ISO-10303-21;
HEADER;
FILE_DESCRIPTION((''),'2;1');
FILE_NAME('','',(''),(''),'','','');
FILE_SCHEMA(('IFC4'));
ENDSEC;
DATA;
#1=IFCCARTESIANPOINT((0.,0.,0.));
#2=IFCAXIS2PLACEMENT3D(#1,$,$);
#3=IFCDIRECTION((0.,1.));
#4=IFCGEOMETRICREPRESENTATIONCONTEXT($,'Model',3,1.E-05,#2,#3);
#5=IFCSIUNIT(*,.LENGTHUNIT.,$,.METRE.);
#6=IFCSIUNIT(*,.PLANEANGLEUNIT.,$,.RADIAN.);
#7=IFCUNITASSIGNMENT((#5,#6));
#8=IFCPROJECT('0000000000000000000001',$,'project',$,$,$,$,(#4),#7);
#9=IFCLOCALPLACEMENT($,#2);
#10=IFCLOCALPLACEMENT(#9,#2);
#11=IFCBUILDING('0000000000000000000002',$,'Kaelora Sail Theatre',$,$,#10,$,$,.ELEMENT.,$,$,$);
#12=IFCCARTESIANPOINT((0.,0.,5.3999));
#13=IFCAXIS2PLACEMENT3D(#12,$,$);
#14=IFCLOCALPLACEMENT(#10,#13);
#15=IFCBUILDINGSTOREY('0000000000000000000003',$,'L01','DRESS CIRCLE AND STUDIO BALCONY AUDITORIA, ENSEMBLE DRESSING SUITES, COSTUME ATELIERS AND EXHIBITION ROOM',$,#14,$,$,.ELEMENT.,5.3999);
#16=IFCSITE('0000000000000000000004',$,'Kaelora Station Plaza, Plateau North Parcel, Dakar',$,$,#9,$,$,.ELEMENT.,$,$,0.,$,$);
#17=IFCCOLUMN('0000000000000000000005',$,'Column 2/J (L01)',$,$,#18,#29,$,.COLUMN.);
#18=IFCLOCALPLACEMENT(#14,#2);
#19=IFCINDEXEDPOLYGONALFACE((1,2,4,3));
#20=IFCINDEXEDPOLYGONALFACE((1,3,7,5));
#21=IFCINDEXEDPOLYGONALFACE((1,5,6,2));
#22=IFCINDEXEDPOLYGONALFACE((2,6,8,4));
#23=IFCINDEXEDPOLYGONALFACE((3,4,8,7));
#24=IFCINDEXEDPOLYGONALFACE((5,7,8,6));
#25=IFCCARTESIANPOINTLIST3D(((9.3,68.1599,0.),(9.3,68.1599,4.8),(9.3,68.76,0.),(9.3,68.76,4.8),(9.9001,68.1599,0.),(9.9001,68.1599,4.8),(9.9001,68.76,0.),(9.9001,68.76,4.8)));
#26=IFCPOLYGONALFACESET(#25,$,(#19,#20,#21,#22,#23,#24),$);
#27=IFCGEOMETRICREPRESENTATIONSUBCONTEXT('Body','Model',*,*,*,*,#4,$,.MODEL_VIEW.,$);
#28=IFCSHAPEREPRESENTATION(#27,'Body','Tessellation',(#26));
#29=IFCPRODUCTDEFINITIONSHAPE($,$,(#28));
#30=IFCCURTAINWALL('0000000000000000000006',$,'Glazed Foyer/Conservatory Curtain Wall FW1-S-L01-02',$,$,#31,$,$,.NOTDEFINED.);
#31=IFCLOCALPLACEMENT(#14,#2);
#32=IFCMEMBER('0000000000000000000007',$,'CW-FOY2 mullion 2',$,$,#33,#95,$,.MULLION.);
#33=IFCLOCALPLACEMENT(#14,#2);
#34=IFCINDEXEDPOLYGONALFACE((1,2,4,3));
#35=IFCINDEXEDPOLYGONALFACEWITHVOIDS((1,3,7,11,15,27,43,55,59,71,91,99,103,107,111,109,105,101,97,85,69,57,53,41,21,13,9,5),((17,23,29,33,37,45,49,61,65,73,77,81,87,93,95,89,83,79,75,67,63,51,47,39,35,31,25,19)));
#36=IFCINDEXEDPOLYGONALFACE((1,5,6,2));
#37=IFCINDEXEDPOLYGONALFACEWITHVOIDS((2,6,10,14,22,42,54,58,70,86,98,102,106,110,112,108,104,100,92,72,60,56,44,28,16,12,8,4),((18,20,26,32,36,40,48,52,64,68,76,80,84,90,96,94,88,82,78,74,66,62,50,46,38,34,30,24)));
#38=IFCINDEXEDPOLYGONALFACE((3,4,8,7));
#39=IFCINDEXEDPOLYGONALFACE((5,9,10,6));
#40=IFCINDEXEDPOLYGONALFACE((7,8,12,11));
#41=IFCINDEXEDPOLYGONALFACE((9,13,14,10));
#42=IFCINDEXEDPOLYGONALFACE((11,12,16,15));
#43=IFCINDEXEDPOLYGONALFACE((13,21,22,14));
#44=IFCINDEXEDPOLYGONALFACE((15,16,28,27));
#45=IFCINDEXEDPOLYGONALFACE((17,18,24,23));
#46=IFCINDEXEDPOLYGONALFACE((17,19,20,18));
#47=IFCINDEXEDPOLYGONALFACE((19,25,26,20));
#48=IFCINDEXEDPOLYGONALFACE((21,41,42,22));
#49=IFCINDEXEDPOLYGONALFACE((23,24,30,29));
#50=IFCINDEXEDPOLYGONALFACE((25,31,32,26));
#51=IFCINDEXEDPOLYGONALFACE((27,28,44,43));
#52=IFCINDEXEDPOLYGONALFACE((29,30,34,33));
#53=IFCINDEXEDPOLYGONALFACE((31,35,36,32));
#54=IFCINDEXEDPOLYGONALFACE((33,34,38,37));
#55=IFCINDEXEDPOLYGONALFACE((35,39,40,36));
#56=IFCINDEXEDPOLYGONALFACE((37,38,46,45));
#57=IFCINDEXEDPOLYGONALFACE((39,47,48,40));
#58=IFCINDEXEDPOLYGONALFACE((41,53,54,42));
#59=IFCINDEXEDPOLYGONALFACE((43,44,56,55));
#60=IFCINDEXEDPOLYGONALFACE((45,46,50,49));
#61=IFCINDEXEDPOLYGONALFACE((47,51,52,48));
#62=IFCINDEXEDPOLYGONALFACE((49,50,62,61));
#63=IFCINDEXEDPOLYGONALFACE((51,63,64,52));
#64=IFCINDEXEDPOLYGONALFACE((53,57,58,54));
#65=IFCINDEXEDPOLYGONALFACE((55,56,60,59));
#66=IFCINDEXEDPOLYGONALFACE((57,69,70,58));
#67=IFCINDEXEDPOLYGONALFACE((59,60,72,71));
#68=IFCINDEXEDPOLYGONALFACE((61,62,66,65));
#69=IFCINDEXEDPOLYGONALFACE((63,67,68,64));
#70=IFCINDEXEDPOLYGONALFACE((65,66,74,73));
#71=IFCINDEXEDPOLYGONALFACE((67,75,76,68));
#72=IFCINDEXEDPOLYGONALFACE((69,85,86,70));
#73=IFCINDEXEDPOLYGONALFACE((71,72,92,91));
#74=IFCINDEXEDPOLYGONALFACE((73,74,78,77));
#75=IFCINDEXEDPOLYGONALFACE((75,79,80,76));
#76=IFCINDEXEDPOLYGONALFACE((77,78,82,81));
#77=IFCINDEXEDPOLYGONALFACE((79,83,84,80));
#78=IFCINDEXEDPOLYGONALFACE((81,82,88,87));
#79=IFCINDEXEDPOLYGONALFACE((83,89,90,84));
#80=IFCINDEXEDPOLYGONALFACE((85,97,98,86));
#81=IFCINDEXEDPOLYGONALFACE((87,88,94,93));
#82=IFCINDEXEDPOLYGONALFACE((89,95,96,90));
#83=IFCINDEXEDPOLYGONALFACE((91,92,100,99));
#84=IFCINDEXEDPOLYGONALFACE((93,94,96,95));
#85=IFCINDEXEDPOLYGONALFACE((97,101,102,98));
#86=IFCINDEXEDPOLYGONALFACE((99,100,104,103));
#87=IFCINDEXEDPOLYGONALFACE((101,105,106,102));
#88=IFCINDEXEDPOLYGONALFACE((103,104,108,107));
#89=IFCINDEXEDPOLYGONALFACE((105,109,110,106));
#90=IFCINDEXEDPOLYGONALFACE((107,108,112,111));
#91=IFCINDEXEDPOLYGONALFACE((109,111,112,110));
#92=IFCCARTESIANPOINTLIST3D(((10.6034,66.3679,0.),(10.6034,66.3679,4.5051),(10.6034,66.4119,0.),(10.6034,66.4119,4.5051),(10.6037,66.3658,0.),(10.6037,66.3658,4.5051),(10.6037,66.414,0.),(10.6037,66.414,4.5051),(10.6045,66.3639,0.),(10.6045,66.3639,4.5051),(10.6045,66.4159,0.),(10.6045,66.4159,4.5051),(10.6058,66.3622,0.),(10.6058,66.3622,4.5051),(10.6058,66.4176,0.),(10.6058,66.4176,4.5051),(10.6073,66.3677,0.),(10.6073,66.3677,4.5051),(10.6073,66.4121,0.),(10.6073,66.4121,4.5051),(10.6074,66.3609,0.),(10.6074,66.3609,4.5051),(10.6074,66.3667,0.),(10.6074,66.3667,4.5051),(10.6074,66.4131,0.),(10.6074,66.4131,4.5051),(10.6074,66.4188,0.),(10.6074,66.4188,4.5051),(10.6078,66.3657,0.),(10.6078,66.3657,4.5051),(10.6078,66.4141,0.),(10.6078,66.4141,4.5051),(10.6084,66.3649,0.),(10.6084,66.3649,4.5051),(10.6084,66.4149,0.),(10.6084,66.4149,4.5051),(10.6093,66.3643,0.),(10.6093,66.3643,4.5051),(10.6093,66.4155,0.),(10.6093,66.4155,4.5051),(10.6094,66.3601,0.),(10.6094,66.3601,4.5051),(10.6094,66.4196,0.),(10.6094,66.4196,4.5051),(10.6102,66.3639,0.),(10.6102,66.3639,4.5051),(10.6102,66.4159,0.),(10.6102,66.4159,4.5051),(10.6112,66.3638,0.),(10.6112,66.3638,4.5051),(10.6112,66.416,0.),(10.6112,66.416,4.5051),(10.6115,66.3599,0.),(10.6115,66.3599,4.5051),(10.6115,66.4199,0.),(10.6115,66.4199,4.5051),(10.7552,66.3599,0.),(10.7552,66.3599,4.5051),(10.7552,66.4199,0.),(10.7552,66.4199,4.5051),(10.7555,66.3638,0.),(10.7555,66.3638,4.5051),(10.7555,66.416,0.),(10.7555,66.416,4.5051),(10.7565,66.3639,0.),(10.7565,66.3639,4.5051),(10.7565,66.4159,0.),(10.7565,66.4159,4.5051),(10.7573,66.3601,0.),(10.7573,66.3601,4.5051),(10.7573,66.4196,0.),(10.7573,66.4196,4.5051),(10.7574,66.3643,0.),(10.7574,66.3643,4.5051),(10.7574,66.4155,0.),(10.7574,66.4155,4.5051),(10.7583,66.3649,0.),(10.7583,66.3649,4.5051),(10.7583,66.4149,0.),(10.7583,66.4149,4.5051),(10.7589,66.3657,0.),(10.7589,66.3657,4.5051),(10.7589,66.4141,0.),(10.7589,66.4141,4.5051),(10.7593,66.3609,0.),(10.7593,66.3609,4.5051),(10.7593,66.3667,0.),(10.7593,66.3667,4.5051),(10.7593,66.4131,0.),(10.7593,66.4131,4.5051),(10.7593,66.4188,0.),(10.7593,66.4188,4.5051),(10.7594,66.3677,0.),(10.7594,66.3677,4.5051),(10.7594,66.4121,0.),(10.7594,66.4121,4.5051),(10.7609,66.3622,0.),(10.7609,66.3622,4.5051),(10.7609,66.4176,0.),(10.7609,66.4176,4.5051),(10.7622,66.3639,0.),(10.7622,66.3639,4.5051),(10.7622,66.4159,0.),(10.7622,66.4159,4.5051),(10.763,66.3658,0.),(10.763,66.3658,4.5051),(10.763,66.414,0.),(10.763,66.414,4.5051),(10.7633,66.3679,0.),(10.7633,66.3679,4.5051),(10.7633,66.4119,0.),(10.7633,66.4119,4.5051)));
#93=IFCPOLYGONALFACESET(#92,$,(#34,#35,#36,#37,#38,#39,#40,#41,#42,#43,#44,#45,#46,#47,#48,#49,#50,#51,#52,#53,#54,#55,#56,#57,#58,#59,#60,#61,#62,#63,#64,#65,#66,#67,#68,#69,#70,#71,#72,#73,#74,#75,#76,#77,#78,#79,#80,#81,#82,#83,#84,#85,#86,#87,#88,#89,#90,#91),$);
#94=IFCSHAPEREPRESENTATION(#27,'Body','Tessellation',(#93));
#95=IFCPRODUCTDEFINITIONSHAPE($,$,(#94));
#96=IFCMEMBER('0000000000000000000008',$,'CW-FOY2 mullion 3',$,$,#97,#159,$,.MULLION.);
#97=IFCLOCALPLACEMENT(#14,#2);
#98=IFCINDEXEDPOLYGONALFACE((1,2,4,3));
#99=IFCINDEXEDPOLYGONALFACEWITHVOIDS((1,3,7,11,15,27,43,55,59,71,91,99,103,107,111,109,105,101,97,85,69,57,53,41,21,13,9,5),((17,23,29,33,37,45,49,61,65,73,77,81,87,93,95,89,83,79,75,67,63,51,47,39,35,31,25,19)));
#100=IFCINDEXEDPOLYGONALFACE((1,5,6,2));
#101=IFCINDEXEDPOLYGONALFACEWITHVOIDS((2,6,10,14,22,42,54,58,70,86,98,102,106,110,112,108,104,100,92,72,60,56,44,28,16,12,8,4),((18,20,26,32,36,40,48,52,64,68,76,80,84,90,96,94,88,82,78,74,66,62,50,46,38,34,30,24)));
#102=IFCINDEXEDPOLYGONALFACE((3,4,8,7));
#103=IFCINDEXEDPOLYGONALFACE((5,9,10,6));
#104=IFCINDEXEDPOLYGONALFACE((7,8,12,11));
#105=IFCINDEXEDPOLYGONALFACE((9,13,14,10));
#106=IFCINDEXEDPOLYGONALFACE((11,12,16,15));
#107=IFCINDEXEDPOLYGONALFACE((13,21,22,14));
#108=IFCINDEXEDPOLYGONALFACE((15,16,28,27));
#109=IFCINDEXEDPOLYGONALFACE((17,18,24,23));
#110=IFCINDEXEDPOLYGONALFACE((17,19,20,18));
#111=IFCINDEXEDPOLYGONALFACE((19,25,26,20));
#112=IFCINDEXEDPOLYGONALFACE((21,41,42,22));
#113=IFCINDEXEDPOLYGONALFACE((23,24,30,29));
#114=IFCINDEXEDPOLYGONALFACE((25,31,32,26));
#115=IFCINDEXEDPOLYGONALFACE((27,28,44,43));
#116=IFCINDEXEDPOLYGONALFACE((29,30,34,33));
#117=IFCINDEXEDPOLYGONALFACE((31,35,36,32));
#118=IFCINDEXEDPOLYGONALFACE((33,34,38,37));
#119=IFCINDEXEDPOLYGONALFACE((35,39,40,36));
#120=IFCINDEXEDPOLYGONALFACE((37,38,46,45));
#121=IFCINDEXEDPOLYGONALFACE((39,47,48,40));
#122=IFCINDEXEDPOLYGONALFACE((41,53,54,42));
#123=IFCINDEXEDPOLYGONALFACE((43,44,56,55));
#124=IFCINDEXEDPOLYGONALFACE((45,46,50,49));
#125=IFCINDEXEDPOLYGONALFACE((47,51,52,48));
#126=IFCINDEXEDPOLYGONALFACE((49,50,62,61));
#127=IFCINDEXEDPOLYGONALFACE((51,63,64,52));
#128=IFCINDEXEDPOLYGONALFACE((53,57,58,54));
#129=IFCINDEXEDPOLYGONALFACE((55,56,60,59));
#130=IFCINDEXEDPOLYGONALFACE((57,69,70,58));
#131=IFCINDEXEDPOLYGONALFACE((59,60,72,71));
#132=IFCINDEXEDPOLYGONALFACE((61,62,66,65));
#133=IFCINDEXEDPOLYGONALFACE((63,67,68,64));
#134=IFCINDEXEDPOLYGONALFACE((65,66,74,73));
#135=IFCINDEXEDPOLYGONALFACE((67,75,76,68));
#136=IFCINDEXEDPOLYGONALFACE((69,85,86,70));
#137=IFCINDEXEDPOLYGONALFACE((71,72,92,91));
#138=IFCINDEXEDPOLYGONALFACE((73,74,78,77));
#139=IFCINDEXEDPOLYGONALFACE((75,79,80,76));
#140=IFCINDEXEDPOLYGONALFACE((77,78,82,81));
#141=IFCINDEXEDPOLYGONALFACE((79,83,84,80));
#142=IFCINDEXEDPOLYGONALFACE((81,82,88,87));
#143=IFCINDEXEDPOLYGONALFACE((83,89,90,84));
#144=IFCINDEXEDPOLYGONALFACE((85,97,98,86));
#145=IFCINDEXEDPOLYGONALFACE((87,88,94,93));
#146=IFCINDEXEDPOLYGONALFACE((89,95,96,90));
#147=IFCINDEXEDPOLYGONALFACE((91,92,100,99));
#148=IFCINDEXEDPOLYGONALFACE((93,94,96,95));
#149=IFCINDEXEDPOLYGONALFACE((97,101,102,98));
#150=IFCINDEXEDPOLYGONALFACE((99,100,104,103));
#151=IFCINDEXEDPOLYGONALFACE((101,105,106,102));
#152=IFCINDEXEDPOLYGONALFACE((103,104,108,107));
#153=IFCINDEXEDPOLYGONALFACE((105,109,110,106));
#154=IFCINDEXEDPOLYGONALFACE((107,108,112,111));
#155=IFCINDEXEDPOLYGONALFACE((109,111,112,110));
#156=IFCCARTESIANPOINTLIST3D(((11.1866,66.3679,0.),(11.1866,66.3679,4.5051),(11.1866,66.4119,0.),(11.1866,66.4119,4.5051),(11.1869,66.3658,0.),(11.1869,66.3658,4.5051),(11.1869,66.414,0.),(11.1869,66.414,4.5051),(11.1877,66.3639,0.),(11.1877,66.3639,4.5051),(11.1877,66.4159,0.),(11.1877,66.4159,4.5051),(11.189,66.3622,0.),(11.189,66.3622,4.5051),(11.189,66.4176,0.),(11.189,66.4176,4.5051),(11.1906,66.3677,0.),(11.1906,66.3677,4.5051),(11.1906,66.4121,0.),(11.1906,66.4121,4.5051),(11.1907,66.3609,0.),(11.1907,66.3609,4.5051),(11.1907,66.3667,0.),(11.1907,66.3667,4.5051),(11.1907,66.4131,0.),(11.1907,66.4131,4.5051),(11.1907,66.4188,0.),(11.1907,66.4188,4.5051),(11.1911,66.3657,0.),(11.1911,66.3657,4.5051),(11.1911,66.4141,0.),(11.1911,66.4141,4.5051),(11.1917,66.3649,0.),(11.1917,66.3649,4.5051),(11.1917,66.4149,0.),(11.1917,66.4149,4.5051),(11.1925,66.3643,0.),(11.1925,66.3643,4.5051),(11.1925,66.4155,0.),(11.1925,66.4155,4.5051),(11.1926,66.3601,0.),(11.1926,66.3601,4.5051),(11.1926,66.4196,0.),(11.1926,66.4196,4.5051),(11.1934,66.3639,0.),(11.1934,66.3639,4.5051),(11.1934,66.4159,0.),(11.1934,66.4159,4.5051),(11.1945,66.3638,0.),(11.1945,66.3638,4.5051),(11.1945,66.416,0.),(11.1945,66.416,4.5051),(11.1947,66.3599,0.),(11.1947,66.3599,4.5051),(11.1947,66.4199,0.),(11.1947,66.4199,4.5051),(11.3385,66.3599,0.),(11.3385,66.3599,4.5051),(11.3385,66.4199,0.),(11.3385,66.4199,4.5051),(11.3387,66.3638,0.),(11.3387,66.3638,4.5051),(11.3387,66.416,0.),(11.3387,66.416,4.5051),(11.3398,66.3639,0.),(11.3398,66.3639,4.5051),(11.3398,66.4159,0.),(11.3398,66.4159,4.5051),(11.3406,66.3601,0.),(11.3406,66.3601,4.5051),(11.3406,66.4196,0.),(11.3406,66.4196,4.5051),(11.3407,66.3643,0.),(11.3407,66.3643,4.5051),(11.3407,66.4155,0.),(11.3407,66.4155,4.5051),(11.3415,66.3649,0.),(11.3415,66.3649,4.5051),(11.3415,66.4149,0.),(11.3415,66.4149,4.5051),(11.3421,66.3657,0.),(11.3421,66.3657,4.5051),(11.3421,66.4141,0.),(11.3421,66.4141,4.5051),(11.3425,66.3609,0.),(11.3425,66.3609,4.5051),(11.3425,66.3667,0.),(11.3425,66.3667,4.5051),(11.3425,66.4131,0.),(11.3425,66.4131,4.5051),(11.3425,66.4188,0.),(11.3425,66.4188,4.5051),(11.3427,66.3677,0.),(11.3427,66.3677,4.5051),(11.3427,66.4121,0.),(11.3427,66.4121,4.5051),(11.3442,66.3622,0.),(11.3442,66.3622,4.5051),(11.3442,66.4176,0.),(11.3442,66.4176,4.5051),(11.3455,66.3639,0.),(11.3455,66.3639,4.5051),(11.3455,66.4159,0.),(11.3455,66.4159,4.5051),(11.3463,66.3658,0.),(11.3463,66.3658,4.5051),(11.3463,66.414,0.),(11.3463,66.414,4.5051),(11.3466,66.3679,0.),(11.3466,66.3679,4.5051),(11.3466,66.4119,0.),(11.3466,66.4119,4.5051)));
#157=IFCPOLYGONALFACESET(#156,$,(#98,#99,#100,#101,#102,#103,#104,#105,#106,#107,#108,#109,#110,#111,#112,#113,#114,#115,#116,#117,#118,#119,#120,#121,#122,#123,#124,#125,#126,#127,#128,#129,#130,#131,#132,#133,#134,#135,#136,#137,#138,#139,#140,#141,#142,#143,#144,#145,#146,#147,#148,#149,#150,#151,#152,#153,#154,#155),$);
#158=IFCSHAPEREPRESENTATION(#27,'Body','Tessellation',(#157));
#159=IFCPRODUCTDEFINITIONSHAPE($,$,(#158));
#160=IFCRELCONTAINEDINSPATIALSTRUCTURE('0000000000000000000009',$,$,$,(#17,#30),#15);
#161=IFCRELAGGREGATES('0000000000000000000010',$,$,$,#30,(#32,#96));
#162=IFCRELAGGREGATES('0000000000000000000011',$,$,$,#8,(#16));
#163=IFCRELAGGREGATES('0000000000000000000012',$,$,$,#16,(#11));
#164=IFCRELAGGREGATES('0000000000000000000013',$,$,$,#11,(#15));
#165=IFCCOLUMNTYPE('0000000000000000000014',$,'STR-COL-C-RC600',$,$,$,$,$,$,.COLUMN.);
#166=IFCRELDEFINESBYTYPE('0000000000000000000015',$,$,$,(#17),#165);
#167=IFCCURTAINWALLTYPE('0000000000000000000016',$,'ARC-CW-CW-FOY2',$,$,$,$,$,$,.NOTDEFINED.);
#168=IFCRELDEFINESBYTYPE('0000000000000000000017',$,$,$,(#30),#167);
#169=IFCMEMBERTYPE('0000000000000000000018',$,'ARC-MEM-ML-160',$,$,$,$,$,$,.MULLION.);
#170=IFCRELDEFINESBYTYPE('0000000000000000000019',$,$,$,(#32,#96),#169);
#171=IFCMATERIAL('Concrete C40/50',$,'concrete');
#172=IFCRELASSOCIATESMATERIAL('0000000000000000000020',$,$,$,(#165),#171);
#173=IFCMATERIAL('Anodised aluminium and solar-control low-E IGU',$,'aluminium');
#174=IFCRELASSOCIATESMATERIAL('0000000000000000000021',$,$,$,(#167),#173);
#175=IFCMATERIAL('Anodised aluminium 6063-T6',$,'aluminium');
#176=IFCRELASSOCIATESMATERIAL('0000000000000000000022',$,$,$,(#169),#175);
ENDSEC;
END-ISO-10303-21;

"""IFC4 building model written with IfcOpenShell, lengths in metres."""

from ifc_helpers import new_model, si_unit, direction, frame, origin, origin_2d, place, context, subcontext, project, spatial, rectangle, hollow_rectangle, extrude, material, material_profile, profile_set, type_object, element, aggregate, save


model = new_model("IFC4")

# Units and contexts
model_context = context("Model", 3, precision=1e-05, world=origin(), true_north=direction((0.0, 1.0)))
body_context = subcontext(model_context, "Body", "Model", "MODEL_VIEW")
ifc_project = project(units=[si_unit("LENGTHUNIT", "METRE"), si_unit("PLANEANGLEUNIT", "RADIAN")], contexts=[model_context])

# Site, building, storey
site_placement = place(None, origin())
site = spatial("IfcSite", under=ifc_project, at=site_placement, Name="Kaelora Station Plaza, Plateau North Parcel, Dakar", CompositionType="ELEMENT", RefElevation=0.0)
building_placement = place(site_placement, origin())
building = spatial("IfcBuilding", under=site, at=building_placement, Name="Kaelora Sail Theatre", CompositionType="ELEMENT")
storey_placement = place(building_placement, frame((0.0, 0.0, 5.3999)))
storey = spatial("IfcBuildingStorey", under=building, at=storey_placement, Name="L01", Description="DRESS CIRCLE AND STUDIO BALCONY AUDITORIA, ENSEMBLE DRESSING SUITES, COSTUME ATELIERS AND EXHIBITION ROOM", CompositionType="ELEMENT", Elevation=5.3999)

# Column
ifc_material_1 = material(Name="Concrete C40/50", Category="concrete")
ifc_material_profile_1 = material_profile(ifc_material_1, rectangle(XDim=0.6001, YDim=0.6001, at=origin_2d()), Name="RC-COL 600x600")
ifc_profile_set_1 = profile_set([ifc_material_profile_1], Name="Concrete C40/50")
column_type = type_object("IfcColumnType", Name="STR-COL-C-RC600", PredefinedType="COLUMN", material=ifc_profile_set_1)
column_placement = place(storey_placement, frame((9.6001, 68.46, 0.0), z_axis=(0.0, 0.0, 1.0), x_axis=(1.0, 0.0, 0.0)))
element("IfcColumn", 1, at=column_placement, inside=storey, type_object=column_type, Name="Column 2/J (L01)", PredefinedType="COLUMN", context=body_context, shape_type="SweptSolid", body=[
    extrude(rectangle(XDim=0.6001, YDim=0.6001, at=origin_2d()), origin(), (0.0, 0.0, 1.0), 4.8),
])

# Curtain wall, members
ifc_material_2 = material(Name="Anodised aluminium and solar-control low-E IGU", Category="aluminium")
curtain_wall_type = type_object("IfcCurtainWallType", Name="ARC-CW-CW-FOY2", PredefinedType="NOTDEFINED", material=ifc_material_2)
curtain_wall_placement = place(storey_placement, origin())
curtain_wall = element("IfcCurtainWall", 2, at=curtain_wall_placement, inside=storey, type_object=curtain_wall_type, Name="Glazed Foyer/Conservatory Curtain Wall FW1-S-L01-02", PredefinedType="NOTDEFINED")
ifc_material_3 = material(Name="Anodised aluminium 6063-T6", Category="aluminium")
ifc_material_profile_2 = material_profile(ifc_material_3, hollow_rectangle(XDim=0.0601, YDim=0.1599, WallThickness=0.0039, InnerFilletRadius=0.0039, OuterFilletRadius=0.0081, at=origin_2d()), Name="ALU-MULL 60x160x4")
ifc_profile_set_2 = profile_set([ifc_material_profile_2], Name="Anodised aluminium 6063-T6")
member_type_1 = type_object("IfcMemberType", Name="ARC-MEM-ML-160", PredefinedType="MULLION", material=ifc_profile_set_2)
member_1_placement = place(storey_placement, frame((10.6833, 66.3899, 0.0), z_axis=(0.0, 0.0, 1.0), x_axis=(0.0, 1.0, 0.0)))
member_1 = element("IfcMember", 3, at=member_1_placement, type_object=member_type_1, Name="CW-FOY2 mullion 2", PredefinedType="MULLION", context=body_context, shape_type="SweptSolid", body=[
    extrude(hollow_rectangle(XDim=0.0601, YDim=0.1599, WallThickness=0.0039, InnerFilletRadius=0.0039, OuterFilletRadius=0.0081, at=origin_2d()), origin(), (0.0, 0.0, 1.0), 4.5051),
])
member_2_placement = place(storey_placement, frame((11.2666, 66.3899, 0.0), z_axis=(0.0, 0.0, 1.0), x_axis=(0.0, 1.0, 0.0)))
member_2 = element("IfcMember", 4, at=member_2_placement, type_object=member_type_1, Name="CW-FOY2 mullion 3", PredefinedType="MULLION", context=body_context, shape_type="SweptSolid", body=[
    extrude(hollow_rectangle(XDim=0.0601, YDim=0.1599, WallThickness=0.0039, InnerFilletRadius=0.0039, OuterFilletRadius=0.0081, at=origin_2d()), origin(), (0.0, 0.0, 1.0), 4.5051),
])

aggregate(curtain_wall, [member_1, member_2])

save(model, "model.ifc")
